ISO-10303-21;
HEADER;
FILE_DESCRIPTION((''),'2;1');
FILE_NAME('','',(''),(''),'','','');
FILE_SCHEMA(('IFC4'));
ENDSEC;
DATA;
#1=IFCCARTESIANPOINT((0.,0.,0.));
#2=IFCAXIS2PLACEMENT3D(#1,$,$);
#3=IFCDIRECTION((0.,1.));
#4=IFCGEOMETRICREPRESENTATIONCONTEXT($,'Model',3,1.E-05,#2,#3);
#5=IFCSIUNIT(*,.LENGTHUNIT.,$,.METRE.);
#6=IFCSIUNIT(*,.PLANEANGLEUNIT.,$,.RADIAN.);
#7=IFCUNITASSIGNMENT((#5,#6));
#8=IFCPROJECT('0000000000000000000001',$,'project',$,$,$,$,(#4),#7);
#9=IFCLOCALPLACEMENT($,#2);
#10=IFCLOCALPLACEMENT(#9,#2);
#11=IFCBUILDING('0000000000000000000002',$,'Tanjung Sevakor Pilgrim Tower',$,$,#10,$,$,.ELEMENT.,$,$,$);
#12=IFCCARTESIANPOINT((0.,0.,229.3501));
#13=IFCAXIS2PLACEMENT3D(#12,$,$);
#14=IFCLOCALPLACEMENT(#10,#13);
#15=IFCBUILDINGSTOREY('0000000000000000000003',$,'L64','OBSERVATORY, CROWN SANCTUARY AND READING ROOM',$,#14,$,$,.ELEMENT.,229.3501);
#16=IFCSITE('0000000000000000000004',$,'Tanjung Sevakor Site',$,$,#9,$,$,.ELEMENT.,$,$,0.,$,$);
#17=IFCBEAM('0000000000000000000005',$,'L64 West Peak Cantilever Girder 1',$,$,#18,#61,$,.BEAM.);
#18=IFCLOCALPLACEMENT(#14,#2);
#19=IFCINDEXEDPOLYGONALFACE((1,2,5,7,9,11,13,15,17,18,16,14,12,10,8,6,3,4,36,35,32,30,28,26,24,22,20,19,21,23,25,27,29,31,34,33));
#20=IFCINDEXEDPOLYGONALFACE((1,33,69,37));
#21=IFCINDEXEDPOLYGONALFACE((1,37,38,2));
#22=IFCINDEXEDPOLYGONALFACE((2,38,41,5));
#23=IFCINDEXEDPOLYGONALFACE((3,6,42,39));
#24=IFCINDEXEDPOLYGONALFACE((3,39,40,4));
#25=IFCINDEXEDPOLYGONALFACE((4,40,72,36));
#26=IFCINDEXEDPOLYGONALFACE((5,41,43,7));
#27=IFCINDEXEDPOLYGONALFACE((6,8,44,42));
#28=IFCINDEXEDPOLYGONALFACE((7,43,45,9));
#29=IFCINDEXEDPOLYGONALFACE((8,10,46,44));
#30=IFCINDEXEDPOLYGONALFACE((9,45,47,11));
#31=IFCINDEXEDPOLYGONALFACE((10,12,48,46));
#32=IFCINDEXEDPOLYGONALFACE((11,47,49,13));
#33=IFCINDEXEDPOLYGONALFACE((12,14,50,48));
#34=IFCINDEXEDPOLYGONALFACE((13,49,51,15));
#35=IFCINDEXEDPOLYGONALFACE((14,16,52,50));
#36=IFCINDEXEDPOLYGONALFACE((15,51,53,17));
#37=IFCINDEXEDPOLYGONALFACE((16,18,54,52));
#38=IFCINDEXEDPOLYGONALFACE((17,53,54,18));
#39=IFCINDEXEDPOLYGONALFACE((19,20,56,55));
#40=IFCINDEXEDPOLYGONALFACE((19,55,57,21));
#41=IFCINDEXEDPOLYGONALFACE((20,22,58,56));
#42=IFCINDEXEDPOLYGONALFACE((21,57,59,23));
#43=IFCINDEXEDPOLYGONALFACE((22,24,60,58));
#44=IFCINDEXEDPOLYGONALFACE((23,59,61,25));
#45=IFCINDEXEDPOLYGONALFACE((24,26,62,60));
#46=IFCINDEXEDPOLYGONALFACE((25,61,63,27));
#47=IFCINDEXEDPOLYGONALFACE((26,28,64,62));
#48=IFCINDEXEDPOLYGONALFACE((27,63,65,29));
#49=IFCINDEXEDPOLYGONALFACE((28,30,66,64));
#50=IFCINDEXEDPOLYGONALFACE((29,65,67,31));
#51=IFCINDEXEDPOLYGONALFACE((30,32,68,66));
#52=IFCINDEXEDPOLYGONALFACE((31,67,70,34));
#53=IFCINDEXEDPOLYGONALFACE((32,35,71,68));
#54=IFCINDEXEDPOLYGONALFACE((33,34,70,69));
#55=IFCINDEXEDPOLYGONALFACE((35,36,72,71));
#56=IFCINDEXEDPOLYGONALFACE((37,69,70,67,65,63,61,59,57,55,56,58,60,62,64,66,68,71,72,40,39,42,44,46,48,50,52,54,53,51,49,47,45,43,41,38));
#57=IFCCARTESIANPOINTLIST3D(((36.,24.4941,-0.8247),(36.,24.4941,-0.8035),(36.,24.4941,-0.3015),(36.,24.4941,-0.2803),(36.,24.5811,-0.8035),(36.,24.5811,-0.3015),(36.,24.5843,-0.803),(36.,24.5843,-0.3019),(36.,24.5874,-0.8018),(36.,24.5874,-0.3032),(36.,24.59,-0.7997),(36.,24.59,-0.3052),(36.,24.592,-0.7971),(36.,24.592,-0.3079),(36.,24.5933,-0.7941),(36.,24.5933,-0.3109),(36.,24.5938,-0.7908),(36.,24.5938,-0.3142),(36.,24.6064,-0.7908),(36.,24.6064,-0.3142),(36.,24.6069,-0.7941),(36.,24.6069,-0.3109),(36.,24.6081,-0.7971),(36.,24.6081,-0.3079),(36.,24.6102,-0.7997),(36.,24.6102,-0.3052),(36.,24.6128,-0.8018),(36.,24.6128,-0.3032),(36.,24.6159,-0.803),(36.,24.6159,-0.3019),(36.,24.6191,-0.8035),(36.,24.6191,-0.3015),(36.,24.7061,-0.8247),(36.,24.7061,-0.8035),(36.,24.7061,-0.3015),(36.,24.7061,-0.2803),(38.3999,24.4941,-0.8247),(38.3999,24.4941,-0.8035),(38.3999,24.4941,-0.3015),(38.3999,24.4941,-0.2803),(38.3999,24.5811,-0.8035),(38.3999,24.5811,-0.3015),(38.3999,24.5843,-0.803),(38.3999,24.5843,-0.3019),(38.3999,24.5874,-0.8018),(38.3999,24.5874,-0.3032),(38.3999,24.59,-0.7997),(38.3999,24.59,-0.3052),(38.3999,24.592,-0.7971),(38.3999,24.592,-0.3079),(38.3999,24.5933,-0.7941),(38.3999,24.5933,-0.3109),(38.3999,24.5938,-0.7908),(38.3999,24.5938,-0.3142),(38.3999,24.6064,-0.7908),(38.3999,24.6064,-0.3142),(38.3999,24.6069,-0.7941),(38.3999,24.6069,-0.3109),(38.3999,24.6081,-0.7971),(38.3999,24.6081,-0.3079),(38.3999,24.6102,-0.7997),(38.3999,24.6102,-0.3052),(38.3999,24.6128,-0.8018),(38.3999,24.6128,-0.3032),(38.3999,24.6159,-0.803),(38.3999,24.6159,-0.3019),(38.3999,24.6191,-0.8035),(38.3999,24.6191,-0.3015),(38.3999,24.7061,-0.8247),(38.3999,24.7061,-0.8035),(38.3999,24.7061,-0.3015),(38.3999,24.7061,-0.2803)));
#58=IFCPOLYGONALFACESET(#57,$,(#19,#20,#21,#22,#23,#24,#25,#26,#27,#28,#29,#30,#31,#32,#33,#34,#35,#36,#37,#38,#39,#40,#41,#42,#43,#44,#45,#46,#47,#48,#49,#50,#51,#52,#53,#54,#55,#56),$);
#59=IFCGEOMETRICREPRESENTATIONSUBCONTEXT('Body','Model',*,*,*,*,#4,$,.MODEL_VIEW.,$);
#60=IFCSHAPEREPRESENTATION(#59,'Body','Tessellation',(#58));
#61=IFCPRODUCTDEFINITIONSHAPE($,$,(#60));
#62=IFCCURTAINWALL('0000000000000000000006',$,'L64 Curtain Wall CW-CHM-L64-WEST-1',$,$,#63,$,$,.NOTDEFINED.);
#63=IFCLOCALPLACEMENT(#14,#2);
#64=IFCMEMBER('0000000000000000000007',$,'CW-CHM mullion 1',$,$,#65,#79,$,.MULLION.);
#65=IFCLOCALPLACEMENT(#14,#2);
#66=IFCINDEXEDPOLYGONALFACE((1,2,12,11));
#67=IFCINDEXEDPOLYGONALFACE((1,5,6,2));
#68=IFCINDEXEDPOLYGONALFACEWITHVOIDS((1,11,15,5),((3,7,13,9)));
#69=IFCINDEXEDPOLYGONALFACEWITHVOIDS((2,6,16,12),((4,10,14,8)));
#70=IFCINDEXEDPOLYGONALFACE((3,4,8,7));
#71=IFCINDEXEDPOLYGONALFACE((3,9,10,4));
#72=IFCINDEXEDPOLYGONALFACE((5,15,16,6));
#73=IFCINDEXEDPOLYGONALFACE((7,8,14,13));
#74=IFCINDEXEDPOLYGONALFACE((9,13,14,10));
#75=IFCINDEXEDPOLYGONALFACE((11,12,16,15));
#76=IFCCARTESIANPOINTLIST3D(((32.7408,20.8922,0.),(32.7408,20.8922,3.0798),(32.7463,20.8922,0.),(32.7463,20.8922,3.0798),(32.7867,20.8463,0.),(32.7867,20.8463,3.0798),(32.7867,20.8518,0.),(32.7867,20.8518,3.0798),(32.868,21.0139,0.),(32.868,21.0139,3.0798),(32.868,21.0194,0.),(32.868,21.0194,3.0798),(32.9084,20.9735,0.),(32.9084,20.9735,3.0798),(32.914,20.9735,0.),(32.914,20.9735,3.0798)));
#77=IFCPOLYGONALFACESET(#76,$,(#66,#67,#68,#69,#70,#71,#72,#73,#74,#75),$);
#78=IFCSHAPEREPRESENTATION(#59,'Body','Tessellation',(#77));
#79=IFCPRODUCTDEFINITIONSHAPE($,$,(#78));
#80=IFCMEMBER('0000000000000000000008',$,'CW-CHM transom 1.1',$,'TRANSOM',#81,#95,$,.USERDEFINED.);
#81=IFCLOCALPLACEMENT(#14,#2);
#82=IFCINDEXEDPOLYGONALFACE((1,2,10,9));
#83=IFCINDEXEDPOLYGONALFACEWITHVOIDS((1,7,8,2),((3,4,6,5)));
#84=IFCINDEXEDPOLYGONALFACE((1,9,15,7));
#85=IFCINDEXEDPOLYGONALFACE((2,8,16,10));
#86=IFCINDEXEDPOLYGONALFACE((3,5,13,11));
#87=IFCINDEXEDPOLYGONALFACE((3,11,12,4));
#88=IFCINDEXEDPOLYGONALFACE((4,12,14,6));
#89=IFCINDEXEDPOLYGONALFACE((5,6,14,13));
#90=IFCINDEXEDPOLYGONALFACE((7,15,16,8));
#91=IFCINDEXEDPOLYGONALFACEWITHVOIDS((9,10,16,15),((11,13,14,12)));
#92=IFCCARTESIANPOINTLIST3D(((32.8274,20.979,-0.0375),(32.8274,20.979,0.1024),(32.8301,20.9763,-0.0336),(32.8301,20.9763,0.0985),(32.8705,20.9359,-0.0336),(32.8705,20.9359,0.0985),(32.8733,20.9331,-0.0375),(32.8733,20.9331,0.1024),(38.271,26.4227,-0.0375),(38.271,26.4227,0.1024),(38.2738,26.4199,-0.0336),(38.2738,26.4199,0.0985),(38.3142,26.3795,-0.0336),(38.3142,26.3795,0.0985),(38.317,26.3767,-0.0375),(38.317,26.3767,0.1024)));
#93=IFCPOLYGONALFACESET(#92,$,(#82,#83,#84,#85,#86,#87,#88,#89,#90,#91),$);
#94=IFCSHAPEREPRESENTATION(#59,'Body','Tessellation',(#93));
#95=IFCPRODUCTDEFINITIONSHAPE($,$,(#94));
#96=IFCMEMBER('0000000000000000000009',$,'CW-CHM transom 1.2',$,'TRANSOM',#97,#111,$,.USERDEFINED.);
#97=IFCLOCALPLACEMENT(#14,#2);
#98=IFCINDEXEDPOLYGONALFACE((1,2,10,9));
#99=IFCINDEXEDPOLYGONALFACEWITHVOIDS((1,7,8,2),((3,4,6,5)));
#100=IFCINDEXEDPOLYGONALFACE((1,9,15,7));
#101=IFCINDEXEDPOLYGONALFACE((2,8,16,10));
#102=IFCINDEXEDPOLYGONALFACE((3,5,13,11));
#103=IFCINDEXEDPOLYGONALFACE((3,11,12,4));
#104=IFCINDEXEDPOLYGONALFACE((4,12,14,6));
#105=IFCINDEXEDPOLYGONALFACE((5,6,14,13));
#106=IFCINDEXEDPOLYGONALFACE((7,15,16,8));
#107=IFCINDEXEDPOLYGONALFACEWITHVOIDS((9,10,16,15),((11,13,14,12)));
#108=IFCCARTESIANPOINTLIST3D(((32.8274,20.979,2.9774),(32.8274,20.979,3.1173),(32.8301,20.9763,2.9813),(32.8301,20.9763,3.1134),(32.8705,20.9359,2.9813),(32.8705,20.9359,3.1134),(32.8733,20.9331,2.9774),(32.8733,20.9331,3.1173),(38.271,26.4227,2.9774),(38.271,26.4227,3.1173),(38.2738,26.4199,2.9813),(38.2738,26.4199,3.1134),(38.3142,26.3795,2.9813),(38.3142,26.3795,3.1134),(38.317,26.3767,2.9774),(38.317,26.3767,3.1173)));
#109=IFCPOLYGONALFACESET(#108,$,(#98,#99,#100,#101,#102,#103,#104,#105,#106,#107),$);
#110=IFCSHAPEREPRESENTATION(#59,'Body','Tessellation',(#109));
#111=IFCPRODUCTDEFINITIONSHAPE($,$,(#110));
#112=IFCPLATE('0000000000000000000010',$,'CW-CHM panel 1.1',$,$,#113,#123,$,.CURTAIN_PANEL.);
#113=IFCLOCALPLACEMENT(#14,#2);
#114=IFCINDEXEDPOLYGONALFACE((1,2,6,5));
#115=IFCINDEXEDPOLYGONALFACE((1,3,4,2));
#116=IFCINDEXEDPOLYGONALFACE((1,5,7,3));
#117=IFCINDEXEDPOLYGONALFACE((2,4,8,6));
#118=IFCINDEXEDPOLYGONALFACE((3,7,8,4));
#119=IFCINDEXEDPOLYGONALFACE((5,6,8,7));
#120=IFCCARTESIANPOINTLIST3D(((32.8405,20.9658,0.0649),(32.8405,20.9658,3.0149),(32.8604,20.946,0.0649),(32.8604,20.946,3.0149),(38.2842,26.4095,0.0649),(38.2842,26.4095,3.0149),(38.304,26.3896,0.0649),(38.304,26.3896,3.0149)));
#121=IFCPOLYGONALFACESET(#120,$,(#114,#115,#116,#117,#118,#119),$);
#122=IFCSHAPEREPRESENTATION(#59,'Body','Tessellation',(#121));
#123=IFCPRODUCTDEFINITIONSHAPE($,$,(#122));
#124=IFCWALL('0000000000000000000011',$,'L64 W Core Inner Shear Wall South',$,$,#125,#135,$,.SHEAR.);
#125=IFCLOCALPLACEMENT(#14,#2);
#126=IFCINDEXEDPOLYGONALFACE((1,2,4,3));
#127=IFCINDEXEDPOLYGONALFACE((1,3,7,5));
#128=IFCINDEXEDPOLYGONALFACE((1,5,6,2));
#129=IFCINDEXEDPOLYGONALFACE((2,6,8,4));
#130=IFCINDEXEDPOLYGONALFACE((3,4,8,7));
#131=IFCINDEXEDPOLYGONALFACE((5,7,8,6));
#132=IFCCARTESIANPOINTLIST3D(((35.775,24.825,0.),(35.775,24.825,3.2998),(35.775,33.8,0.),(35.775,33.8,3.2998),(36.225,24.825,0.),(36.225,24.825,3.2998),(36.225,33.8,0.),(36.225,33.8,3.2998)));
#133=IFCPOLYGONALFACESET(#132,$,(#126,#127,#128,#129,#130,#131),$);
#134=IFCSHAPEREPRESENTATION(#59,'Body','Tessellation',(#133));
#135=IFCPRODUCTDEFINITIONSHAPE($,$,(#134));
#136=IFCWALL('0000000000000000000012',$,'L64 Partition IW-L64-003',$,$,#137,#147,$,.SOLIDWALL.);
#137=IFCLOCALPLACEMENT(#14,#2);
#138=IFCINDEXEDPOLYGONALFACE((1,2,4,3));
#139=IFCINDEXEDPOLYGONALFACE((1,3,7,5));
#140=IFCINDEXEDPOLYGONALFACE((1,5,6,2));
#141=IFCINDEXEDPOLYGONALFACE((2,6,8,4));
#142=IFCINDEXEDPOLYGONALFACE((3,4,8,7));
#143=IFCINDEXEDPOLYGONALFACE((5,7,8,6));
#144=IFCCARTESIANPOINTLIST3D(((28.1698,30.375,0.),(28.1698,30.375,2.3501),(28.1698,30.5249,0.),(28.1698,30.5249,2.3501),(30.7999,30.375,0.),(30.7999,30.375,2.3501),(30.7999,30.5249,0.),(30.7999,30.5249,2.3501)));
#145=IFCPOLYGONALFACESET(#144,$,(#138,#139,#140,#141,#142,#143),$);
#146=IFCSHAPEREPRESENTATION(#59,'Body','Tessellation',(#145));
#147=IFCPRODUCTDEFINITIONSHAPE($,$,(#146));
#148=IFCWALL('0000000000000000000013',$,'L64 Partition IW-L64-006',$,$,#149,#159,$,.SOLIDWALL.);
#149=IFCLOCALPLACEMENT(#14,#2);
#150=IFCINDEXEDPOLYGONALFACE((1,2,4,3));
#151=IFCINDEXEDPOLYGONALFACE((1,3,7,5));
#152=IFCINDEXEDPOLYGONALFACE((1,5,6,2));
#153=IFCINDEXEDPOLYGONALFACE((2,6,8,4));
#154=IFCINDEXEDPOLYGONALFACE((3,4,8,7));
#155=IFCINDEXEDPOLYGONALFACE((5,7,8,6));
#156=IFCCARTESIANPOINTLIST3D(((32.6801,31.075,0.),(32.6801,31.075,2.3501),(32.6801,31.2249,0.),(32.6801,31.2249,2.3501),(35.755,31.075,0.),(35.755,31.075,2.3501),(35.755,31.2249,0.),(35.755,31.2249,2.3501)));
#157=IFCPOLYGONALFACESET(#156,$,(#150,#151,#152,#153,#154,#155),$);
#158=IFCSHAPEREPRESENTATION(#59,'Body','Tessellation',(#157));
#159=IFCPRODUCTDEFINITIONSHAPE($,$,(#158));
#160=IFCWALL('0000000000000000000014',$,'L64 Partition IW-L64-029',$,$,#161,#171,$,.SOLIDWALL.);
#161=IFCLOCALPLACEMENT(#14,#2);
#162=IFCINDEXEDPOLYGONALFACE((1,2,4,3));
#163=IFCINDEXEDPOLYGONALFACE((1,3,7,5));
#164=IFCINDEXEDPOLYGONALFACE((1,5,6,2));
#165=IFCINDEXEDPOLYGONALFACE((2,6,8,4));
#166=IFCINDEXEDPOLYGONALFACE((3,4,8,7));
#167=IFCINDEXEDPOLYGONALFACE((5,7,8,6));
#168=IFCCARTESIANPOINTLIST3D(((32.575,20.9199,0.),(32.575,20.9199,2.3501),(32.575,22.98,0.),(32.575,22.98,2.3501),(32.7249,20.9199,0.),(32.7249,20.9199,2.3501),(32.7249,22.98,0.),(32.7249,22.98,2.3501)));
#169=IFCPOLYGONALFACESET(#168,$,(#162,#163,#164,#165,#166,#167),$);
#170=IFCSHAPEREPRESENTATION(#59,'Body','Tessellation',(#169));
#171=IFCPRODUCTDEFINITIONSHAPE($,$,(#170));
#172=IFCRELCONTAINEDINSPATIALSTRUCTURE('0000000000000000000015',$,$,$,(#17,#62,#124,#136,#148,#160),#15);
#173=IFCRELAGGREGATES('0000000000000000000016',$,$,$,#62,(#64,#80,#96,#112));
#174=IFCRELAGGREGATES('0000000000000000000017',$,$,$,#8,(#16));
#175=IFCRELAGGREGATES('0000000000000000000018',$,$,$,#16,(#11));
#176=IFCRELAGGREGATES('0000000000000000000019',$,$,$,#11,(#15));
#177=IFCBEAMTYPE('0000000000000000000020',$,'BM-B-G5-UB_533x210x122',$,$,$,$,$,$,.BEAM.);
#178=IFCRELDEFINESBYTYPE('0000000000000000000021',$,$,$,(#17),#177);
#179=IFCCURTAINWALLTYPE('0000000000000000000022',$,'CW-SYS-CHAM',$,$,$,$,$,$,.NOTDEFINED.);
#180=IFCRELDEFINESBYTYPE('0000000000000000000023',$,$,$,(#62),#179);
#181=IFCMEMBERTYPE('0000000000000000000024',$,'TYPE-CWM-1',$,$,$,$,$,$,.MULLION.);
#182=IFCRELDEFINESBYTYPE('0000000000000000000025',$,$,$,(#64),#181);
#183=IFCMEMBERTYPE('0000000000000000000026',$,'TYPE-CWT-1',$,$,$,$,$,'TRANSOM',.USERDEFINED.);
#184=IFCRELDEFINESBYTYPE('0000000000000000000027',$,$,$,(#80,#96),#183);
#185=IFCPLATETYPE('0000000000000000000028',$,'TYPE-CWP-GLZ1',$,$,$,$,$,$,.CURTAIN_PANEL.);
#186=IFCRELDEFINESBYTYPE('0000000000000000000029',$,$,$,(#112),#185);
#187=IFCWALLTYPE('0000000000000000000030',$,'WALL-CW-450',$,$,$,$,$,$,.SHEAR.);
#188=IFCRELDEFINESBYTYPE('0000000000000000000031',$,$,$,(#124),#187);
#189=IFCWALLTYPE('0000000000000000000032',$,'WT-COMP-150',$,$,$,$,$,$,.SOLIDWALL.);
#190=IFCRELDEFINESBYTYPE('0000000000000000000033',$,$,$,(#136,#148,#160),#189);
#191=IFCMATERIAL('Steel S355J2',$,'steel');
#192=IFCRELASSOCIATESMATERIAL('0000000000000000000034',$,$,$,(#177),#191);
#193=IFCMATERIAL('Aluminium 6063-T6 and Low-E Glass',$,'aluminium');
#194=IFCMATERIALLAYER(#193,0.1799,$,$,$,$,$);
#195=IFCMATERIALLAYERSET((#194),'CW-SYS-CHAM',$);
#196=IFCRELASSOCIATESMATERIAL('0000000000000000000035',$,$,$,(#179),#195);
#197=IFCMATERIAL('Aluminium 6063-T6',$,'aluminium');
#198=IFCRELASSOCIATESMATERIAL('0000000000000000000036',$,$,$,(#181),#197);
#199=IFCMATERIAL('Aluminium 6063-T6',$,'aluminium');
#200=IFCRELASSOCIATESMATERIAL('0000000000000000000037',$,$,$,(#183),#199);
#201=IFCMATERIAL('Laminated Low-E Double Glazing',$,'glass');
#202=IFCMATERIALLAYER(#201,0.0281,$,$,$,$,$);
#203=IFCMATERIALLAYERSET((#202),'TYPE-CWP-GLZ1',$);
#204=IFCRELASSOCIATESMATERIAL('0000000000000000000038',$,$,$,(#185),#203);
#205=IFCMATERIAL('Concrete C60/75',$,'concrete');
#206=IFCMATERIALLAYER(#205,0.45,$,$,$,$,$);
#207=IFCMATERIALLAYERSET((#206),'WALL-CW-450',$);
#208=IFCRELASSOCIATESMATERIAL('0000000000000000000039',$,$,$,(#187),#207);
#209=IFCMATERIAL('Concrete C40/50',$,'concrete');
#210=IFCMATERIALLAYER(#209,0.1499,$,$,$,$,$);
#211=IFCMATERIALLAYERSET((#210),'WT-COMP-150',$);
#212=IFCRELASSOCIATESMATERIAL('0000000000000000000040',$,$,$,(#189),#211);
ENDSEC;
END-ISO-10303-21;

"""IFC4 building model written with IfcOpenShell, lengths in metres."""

from ifc_helpers import new_model, si_unit, direction, frame, frame_2d, origin, origin_2d, place, context, subcontext, project, spatial, rectangle, hollow_rectangle, i_section, extrude, material, layer, layer_set, material_profile, profile_set, type_object, element, aggregate, save


model = new_model("IFC4")

# Units and contexts
model_context = context("Model", 3, precision=1e-05, world=origin(), true_north=direction((0.0, 1.0)))
body_context = subcontext(model_context, "Body", "Model", "MODEL_VIEW")
ifc_project = project(units=[si_unit("LENGTHUNIT", "METRE"), si_unit("PLANEANGLEUNIT", "RADIAN")], contexts=[model_context])

# Site, building, storey
site_placement = place(None, origin())
site = spatial("IfcSite", under=ifc_project, at=site_placement, Name="Tanjung Sevakor Site", CompositionType="ELEMENT", RefElevation=0.0)
building_placement = place(site_placement, origin())
building = spatial("IfcBuilding", under=site, at=building_placement, Name="Tanjung Sevakor Pilgrim Tower", CompositionType="ELEMENT")
storey_placement = place(building_placement, frame((0.0, 0.0, 229.3501)))
storey = spatial("IfcBuildingStorey", under=building, at=storey_placement, Name="L64", Description="OBSERVATORY, CROWN SANCTUARY AND READING ROOM", CompositionType="ELEMENT", Elevation=229.3501)

# Beam
ifc_material_1 = material(Name="Steel S355J2", Category="steel")
ifc_material_profile_1 = material_profile(ifc_material_1, i_section(OverallWidth=0.2119, OverallDepth=0.5444, WebThickness=0.0127, FlangeThickness=0.0212, FilletRadius=0.0127, at=origin_2d()))
ifc_profile_set_1 = profile_set([ifc_material_profile_1], Name="Steel S355J2")
beam_type = type_object("IfcBeamType", Name="BM-B-G5-UB_533x210x122", PredefinedType="BEAM", material=ifc_profile_set_1)
beam_placement = place(storey_placement, frame((36.0, 24.6001, -0.5525), z_axis=(1.0, 0.0, 0.0), x_axis=(0.0, 1.0, 0.0)))
element("IfcBeam", 1, at=beam_placement, inside=storey, type_object=beam_type, Name="L64 West Peak Cantilever Girder 1", PredefinedType="BEAM", context=body_context, shape_type="SweptSolid", body=[
    extrude(i_section(OverallWidth=0.2119, OverallDepth=0.5444, WebThickness=0.0127, FlangeThickness=0.0212, FilletRadius=0.0127, at=origin_2d()), origin(), (0.0, 0.0, 1.0), 2.3999),
])

# Curtain wall, members, plate
ifc_material_2 = material(Name="Aluminium 6063-T6 and Low-E Glass", Category="aluminium")
ifc_layer_1 = layer(ifc_material_2, 0.1799)
ifc_layer_set_1 = layer_set([ifc_layer_1], Name="CW-SYS-CHAM")
curtain_wall_type = type_object("IfcCurtainWallType", Name="CW-SYS-CHAM", PredefinedType="NOTDEFINED", material=ifc_layer_set_1)
curtain_wall_placement = place(storey_placement, origin())
curtain_wall = element("IfcCurtainWall", 2, at=curtain_wall_placement, inside=storey, type_object=curtain_wall_type, Name="L64 Curtain Wall CW-CHM-L64-WEST-1", PredefinedType="NOTDEFINED")
ifc_material_3 = material(Name="Aluminium 6063-T6", Category="aluminium")
ifc_material_profile_2 = material_profile(ifc_material_3, hollow_rectangle(XDim=0.0649, YDim=0.1799, WallThickness=0.0039, at=origin_2d()))
ifc_profile_set_2 = profile_set([ifc_material_profile_2], Name="Aluminium 6063-T6")
member_type_1 = type_object("IfcMemberType", Name="TYPE-CWM-1", PredefinedType="MULLION", material=ifc_profile_set_2)
member_1_placement = place(storey_placement, frame((32.8274, 20.9329, 0.0), z_axis=(0.0, 0.0, 1.0), x_axis=(-0.707107, 0.707107, 0.0)))
member_1 = element("IfcMember", 3, at=member_1_placement, type_object=member_type_1, Name="CW-CHM mullion 1", PredefinedType="MULLION", context=body_context, shape_type="SweptSolid", body=[
    extrude(hollow_rectangle(XDim=0.0649, YDim=0.1799, WallThickness=0.0039, at=origin_2d()), origin(), (0.0, 0.0, 1.0), 3.0798),
])
ifc_material_4 = material(Name="Aluminium 6063-T6", Category="aluminium")
ifc_material_profile_3 = material_profile(ifc_material_4, hollow_rectangle(XDim=0.0649, YDim=0.1399, WallThickness=0.0039, at=origin_2d()))
ifc_profile_set_3 = profile_set([ifc_material_profile_3], Name="Aluminium 6063-T6")
member_type_2 = type_object("IfcMemberType", Name="TYPE-CWT-1", ElementType="TRANSOM", PredefinedType="USERDEFINED", material=ifc_profile_set_3)
member_2_placement = place(storey_placement, frame((32.8503, 20.9561, 0.0325), z_axis=(0.707107, 0.707107, 0.0), x_axis=(-0.707107, 0.707107, 0.0)))
member_2 = element("IfcMember", 4, at=member_2_placement, type_object=member_type_2, Name="CW-CHM transom 1.1", ObjectType="TRANSOM", PredefinedType="USERDEFINED", context=body_context, shape_type="SweptSolid", body=[
    extrude(hollow_rectangle(XDim=0.0649, YDim=0.1399, WallThickness=0.0039, at=origin_2d()), origin(), (0.0, 0.0, 1.0), 7.6985),
])
member_3_placement = place(storey_placement, frame((32.8503, 20.9561, 3.0474), z_axis=(0.707107, 0.707107, 0.0), x_axis=(-0.707107, 0.707107, 0.0)))
member_3 = element("IfcMember", 5, at=member_3_placement, type_object=member_type_2, Name="CW-CHM transom 1.2", ObjectType="TRANSOM", PredefinedType="USERDEFINED", context=body_context, shape_type="SweptSolid", body=[
    extrude(hollow_rectangle(XDim=0.0649, YDim=0.1399, WallThickness=0.0039, at=origin_2d()), origin(), (0.0, 0.0, 1.0), 7.6985),
])
ifc_material_5 = material(Name="Laminated Low-E Double Glazing", Category="glass")
ifc_layer_2 = layer(ifc_material_5, 0.0281)
ifc_layer_set_2 = layer_set([ifc_layer_2], Name="TYPE-CWP-GLZ1")
plate_type = type_object("IfcPlateType", Name="TYPE-CWP-GLZ1", PredefinedType="CURTAIN_PANEL", material=ifc_layer_set_2)
plate_placement = place(storey_placement, frame((35.5723, 23.6777, 0.0649), z_axis=(0.0, 0.0, 1.0), x_axis=(0.707107, 0.707107, 0.0)))
plate = element("IfcPlate", 6, at=plate_placement, type_object=plate_type, Name="CW-CHM panel 1.1", PredefinedType="CURTAIN_PANEL", context=body_context, shape_type="SweptSolid", body=[
    extrude(rectangle(XDim=7.6985, YDim=0.0281, at=origin_2d()), origin(), (0.0, 0.0, 1.0), 2.95),
])
aggregate(curtain_wall, [member_1, member_2, member_3, plate])

# Wall
ifc_material_6 = material(Name="Concrete C60/75", Category="concrete")
ifc_layer_3 = layer(ifc_material_6, 0.45)
ifc_layer_set_3 = layer_set([ifc_layer_3], Name="WALL-CW-450")
wall_type_1 = type_object("IfcWallType", Name="WALL-CW-450", PredefinedType="SHEAR", material=ifc_layer_set_3)
wall_1_placement = place(storey_placement, frame((36.0, 24.825, 0.0), z_axis=(0.0, 0.0, 1.0), x_axis=(0.0, 1.0, 0.0)))
element("IfcWall", 7, at=wall_1_placement, inside=storey, type_object=wall_type_1, Name="L64 W Core Inner Shear Wall South", PredefinedType="SHEAR", context=body_context, shape_type="SweptSolid", body=[
    extrude(rectangle(XDim=8.9751, YDim=0.45, at=frame_2d((4.4875, 0.0))), origin(), (0.0, 0.0, 1.0), 3.2998),
])

# Wall
ifc_material_7 = material(Name="Concrete C40/50", Category="concrete")
ifc_layer_4 = layer(ifc_material_7, 0.1499)
ifc_layer_set_4 = layer_set([ifc_layer_4], Name="WT-COMP-150")
wall_type_2 = type_object("IfcWallType", Name="WT-COMP-150", PredefinedType="SOLIDWALL", material=ifc_layer_set_4)
wall_2_placement = place(storey_placement, frame((28.1699, 30.45, 0.0), z_axis=(0.0, 0.0, 1.0), x_axis=(1.0, 0.0, 0.0)))
element("IfcWall", 8, at=wall_2_placement, inside=storey, type_object=wall_type_2, Name="L64 Partition IW-L64-003", PredefinedType="SOLIDWALL", context=body_context, shape_type="SweptSolid", body=[
    extrude(rectangle(XDim=2.6301, YDim=0.1499, at=frame_2d((1.3149, 0.0))), origin(), (0.0, 0.0, 1.0), 2.3501),
])

# Wall
wall_3_placement = place(storey_placement, frame((32.6799, 31.1499, 0.0), z_axis=(0.0, 0.0, 1.0), x_axis=(1.0, 0.0, 0.0)))
element("IfcWall", 9, at=wall_3_placement, inside=storey, type_object=wall_type_2, Name="L64 Partition IW-L64-006", PredefinedType="SOLIDWALL", context=body_context, shape_type="SweptSolid", body=[
    extrude(rectangle(XDim=3.075, YDim=0.1499, at=frame_2d((1.5376, 0.0))), origin(), (0.0, 0.0, 1.0), 2.3501),
])

# Wall
wall_4_placement = place(storey_placement, frame((32.6499, 20.9199, 0.0), z_axis=(0.0, 0.0, 1.0), x_axis=(0.0, 1.0, 0.0)))
element("IfcWall", 10, at=wall_4_placement, inside=storey, type_object=wall_type_2, Name="L64 Partition IW-L64-029", PredefinedType="SOLIDWALL", context=body_context, shape_type="SweptSolid", body=[
    extrude(rectangle(XDim=2.0601, YDim=0.1499, at=frame_2d((1.03, 0.0))), origin(), (0.0, 0.0, 1.0), 2.3501),
])

save(model, "model.ifc")
